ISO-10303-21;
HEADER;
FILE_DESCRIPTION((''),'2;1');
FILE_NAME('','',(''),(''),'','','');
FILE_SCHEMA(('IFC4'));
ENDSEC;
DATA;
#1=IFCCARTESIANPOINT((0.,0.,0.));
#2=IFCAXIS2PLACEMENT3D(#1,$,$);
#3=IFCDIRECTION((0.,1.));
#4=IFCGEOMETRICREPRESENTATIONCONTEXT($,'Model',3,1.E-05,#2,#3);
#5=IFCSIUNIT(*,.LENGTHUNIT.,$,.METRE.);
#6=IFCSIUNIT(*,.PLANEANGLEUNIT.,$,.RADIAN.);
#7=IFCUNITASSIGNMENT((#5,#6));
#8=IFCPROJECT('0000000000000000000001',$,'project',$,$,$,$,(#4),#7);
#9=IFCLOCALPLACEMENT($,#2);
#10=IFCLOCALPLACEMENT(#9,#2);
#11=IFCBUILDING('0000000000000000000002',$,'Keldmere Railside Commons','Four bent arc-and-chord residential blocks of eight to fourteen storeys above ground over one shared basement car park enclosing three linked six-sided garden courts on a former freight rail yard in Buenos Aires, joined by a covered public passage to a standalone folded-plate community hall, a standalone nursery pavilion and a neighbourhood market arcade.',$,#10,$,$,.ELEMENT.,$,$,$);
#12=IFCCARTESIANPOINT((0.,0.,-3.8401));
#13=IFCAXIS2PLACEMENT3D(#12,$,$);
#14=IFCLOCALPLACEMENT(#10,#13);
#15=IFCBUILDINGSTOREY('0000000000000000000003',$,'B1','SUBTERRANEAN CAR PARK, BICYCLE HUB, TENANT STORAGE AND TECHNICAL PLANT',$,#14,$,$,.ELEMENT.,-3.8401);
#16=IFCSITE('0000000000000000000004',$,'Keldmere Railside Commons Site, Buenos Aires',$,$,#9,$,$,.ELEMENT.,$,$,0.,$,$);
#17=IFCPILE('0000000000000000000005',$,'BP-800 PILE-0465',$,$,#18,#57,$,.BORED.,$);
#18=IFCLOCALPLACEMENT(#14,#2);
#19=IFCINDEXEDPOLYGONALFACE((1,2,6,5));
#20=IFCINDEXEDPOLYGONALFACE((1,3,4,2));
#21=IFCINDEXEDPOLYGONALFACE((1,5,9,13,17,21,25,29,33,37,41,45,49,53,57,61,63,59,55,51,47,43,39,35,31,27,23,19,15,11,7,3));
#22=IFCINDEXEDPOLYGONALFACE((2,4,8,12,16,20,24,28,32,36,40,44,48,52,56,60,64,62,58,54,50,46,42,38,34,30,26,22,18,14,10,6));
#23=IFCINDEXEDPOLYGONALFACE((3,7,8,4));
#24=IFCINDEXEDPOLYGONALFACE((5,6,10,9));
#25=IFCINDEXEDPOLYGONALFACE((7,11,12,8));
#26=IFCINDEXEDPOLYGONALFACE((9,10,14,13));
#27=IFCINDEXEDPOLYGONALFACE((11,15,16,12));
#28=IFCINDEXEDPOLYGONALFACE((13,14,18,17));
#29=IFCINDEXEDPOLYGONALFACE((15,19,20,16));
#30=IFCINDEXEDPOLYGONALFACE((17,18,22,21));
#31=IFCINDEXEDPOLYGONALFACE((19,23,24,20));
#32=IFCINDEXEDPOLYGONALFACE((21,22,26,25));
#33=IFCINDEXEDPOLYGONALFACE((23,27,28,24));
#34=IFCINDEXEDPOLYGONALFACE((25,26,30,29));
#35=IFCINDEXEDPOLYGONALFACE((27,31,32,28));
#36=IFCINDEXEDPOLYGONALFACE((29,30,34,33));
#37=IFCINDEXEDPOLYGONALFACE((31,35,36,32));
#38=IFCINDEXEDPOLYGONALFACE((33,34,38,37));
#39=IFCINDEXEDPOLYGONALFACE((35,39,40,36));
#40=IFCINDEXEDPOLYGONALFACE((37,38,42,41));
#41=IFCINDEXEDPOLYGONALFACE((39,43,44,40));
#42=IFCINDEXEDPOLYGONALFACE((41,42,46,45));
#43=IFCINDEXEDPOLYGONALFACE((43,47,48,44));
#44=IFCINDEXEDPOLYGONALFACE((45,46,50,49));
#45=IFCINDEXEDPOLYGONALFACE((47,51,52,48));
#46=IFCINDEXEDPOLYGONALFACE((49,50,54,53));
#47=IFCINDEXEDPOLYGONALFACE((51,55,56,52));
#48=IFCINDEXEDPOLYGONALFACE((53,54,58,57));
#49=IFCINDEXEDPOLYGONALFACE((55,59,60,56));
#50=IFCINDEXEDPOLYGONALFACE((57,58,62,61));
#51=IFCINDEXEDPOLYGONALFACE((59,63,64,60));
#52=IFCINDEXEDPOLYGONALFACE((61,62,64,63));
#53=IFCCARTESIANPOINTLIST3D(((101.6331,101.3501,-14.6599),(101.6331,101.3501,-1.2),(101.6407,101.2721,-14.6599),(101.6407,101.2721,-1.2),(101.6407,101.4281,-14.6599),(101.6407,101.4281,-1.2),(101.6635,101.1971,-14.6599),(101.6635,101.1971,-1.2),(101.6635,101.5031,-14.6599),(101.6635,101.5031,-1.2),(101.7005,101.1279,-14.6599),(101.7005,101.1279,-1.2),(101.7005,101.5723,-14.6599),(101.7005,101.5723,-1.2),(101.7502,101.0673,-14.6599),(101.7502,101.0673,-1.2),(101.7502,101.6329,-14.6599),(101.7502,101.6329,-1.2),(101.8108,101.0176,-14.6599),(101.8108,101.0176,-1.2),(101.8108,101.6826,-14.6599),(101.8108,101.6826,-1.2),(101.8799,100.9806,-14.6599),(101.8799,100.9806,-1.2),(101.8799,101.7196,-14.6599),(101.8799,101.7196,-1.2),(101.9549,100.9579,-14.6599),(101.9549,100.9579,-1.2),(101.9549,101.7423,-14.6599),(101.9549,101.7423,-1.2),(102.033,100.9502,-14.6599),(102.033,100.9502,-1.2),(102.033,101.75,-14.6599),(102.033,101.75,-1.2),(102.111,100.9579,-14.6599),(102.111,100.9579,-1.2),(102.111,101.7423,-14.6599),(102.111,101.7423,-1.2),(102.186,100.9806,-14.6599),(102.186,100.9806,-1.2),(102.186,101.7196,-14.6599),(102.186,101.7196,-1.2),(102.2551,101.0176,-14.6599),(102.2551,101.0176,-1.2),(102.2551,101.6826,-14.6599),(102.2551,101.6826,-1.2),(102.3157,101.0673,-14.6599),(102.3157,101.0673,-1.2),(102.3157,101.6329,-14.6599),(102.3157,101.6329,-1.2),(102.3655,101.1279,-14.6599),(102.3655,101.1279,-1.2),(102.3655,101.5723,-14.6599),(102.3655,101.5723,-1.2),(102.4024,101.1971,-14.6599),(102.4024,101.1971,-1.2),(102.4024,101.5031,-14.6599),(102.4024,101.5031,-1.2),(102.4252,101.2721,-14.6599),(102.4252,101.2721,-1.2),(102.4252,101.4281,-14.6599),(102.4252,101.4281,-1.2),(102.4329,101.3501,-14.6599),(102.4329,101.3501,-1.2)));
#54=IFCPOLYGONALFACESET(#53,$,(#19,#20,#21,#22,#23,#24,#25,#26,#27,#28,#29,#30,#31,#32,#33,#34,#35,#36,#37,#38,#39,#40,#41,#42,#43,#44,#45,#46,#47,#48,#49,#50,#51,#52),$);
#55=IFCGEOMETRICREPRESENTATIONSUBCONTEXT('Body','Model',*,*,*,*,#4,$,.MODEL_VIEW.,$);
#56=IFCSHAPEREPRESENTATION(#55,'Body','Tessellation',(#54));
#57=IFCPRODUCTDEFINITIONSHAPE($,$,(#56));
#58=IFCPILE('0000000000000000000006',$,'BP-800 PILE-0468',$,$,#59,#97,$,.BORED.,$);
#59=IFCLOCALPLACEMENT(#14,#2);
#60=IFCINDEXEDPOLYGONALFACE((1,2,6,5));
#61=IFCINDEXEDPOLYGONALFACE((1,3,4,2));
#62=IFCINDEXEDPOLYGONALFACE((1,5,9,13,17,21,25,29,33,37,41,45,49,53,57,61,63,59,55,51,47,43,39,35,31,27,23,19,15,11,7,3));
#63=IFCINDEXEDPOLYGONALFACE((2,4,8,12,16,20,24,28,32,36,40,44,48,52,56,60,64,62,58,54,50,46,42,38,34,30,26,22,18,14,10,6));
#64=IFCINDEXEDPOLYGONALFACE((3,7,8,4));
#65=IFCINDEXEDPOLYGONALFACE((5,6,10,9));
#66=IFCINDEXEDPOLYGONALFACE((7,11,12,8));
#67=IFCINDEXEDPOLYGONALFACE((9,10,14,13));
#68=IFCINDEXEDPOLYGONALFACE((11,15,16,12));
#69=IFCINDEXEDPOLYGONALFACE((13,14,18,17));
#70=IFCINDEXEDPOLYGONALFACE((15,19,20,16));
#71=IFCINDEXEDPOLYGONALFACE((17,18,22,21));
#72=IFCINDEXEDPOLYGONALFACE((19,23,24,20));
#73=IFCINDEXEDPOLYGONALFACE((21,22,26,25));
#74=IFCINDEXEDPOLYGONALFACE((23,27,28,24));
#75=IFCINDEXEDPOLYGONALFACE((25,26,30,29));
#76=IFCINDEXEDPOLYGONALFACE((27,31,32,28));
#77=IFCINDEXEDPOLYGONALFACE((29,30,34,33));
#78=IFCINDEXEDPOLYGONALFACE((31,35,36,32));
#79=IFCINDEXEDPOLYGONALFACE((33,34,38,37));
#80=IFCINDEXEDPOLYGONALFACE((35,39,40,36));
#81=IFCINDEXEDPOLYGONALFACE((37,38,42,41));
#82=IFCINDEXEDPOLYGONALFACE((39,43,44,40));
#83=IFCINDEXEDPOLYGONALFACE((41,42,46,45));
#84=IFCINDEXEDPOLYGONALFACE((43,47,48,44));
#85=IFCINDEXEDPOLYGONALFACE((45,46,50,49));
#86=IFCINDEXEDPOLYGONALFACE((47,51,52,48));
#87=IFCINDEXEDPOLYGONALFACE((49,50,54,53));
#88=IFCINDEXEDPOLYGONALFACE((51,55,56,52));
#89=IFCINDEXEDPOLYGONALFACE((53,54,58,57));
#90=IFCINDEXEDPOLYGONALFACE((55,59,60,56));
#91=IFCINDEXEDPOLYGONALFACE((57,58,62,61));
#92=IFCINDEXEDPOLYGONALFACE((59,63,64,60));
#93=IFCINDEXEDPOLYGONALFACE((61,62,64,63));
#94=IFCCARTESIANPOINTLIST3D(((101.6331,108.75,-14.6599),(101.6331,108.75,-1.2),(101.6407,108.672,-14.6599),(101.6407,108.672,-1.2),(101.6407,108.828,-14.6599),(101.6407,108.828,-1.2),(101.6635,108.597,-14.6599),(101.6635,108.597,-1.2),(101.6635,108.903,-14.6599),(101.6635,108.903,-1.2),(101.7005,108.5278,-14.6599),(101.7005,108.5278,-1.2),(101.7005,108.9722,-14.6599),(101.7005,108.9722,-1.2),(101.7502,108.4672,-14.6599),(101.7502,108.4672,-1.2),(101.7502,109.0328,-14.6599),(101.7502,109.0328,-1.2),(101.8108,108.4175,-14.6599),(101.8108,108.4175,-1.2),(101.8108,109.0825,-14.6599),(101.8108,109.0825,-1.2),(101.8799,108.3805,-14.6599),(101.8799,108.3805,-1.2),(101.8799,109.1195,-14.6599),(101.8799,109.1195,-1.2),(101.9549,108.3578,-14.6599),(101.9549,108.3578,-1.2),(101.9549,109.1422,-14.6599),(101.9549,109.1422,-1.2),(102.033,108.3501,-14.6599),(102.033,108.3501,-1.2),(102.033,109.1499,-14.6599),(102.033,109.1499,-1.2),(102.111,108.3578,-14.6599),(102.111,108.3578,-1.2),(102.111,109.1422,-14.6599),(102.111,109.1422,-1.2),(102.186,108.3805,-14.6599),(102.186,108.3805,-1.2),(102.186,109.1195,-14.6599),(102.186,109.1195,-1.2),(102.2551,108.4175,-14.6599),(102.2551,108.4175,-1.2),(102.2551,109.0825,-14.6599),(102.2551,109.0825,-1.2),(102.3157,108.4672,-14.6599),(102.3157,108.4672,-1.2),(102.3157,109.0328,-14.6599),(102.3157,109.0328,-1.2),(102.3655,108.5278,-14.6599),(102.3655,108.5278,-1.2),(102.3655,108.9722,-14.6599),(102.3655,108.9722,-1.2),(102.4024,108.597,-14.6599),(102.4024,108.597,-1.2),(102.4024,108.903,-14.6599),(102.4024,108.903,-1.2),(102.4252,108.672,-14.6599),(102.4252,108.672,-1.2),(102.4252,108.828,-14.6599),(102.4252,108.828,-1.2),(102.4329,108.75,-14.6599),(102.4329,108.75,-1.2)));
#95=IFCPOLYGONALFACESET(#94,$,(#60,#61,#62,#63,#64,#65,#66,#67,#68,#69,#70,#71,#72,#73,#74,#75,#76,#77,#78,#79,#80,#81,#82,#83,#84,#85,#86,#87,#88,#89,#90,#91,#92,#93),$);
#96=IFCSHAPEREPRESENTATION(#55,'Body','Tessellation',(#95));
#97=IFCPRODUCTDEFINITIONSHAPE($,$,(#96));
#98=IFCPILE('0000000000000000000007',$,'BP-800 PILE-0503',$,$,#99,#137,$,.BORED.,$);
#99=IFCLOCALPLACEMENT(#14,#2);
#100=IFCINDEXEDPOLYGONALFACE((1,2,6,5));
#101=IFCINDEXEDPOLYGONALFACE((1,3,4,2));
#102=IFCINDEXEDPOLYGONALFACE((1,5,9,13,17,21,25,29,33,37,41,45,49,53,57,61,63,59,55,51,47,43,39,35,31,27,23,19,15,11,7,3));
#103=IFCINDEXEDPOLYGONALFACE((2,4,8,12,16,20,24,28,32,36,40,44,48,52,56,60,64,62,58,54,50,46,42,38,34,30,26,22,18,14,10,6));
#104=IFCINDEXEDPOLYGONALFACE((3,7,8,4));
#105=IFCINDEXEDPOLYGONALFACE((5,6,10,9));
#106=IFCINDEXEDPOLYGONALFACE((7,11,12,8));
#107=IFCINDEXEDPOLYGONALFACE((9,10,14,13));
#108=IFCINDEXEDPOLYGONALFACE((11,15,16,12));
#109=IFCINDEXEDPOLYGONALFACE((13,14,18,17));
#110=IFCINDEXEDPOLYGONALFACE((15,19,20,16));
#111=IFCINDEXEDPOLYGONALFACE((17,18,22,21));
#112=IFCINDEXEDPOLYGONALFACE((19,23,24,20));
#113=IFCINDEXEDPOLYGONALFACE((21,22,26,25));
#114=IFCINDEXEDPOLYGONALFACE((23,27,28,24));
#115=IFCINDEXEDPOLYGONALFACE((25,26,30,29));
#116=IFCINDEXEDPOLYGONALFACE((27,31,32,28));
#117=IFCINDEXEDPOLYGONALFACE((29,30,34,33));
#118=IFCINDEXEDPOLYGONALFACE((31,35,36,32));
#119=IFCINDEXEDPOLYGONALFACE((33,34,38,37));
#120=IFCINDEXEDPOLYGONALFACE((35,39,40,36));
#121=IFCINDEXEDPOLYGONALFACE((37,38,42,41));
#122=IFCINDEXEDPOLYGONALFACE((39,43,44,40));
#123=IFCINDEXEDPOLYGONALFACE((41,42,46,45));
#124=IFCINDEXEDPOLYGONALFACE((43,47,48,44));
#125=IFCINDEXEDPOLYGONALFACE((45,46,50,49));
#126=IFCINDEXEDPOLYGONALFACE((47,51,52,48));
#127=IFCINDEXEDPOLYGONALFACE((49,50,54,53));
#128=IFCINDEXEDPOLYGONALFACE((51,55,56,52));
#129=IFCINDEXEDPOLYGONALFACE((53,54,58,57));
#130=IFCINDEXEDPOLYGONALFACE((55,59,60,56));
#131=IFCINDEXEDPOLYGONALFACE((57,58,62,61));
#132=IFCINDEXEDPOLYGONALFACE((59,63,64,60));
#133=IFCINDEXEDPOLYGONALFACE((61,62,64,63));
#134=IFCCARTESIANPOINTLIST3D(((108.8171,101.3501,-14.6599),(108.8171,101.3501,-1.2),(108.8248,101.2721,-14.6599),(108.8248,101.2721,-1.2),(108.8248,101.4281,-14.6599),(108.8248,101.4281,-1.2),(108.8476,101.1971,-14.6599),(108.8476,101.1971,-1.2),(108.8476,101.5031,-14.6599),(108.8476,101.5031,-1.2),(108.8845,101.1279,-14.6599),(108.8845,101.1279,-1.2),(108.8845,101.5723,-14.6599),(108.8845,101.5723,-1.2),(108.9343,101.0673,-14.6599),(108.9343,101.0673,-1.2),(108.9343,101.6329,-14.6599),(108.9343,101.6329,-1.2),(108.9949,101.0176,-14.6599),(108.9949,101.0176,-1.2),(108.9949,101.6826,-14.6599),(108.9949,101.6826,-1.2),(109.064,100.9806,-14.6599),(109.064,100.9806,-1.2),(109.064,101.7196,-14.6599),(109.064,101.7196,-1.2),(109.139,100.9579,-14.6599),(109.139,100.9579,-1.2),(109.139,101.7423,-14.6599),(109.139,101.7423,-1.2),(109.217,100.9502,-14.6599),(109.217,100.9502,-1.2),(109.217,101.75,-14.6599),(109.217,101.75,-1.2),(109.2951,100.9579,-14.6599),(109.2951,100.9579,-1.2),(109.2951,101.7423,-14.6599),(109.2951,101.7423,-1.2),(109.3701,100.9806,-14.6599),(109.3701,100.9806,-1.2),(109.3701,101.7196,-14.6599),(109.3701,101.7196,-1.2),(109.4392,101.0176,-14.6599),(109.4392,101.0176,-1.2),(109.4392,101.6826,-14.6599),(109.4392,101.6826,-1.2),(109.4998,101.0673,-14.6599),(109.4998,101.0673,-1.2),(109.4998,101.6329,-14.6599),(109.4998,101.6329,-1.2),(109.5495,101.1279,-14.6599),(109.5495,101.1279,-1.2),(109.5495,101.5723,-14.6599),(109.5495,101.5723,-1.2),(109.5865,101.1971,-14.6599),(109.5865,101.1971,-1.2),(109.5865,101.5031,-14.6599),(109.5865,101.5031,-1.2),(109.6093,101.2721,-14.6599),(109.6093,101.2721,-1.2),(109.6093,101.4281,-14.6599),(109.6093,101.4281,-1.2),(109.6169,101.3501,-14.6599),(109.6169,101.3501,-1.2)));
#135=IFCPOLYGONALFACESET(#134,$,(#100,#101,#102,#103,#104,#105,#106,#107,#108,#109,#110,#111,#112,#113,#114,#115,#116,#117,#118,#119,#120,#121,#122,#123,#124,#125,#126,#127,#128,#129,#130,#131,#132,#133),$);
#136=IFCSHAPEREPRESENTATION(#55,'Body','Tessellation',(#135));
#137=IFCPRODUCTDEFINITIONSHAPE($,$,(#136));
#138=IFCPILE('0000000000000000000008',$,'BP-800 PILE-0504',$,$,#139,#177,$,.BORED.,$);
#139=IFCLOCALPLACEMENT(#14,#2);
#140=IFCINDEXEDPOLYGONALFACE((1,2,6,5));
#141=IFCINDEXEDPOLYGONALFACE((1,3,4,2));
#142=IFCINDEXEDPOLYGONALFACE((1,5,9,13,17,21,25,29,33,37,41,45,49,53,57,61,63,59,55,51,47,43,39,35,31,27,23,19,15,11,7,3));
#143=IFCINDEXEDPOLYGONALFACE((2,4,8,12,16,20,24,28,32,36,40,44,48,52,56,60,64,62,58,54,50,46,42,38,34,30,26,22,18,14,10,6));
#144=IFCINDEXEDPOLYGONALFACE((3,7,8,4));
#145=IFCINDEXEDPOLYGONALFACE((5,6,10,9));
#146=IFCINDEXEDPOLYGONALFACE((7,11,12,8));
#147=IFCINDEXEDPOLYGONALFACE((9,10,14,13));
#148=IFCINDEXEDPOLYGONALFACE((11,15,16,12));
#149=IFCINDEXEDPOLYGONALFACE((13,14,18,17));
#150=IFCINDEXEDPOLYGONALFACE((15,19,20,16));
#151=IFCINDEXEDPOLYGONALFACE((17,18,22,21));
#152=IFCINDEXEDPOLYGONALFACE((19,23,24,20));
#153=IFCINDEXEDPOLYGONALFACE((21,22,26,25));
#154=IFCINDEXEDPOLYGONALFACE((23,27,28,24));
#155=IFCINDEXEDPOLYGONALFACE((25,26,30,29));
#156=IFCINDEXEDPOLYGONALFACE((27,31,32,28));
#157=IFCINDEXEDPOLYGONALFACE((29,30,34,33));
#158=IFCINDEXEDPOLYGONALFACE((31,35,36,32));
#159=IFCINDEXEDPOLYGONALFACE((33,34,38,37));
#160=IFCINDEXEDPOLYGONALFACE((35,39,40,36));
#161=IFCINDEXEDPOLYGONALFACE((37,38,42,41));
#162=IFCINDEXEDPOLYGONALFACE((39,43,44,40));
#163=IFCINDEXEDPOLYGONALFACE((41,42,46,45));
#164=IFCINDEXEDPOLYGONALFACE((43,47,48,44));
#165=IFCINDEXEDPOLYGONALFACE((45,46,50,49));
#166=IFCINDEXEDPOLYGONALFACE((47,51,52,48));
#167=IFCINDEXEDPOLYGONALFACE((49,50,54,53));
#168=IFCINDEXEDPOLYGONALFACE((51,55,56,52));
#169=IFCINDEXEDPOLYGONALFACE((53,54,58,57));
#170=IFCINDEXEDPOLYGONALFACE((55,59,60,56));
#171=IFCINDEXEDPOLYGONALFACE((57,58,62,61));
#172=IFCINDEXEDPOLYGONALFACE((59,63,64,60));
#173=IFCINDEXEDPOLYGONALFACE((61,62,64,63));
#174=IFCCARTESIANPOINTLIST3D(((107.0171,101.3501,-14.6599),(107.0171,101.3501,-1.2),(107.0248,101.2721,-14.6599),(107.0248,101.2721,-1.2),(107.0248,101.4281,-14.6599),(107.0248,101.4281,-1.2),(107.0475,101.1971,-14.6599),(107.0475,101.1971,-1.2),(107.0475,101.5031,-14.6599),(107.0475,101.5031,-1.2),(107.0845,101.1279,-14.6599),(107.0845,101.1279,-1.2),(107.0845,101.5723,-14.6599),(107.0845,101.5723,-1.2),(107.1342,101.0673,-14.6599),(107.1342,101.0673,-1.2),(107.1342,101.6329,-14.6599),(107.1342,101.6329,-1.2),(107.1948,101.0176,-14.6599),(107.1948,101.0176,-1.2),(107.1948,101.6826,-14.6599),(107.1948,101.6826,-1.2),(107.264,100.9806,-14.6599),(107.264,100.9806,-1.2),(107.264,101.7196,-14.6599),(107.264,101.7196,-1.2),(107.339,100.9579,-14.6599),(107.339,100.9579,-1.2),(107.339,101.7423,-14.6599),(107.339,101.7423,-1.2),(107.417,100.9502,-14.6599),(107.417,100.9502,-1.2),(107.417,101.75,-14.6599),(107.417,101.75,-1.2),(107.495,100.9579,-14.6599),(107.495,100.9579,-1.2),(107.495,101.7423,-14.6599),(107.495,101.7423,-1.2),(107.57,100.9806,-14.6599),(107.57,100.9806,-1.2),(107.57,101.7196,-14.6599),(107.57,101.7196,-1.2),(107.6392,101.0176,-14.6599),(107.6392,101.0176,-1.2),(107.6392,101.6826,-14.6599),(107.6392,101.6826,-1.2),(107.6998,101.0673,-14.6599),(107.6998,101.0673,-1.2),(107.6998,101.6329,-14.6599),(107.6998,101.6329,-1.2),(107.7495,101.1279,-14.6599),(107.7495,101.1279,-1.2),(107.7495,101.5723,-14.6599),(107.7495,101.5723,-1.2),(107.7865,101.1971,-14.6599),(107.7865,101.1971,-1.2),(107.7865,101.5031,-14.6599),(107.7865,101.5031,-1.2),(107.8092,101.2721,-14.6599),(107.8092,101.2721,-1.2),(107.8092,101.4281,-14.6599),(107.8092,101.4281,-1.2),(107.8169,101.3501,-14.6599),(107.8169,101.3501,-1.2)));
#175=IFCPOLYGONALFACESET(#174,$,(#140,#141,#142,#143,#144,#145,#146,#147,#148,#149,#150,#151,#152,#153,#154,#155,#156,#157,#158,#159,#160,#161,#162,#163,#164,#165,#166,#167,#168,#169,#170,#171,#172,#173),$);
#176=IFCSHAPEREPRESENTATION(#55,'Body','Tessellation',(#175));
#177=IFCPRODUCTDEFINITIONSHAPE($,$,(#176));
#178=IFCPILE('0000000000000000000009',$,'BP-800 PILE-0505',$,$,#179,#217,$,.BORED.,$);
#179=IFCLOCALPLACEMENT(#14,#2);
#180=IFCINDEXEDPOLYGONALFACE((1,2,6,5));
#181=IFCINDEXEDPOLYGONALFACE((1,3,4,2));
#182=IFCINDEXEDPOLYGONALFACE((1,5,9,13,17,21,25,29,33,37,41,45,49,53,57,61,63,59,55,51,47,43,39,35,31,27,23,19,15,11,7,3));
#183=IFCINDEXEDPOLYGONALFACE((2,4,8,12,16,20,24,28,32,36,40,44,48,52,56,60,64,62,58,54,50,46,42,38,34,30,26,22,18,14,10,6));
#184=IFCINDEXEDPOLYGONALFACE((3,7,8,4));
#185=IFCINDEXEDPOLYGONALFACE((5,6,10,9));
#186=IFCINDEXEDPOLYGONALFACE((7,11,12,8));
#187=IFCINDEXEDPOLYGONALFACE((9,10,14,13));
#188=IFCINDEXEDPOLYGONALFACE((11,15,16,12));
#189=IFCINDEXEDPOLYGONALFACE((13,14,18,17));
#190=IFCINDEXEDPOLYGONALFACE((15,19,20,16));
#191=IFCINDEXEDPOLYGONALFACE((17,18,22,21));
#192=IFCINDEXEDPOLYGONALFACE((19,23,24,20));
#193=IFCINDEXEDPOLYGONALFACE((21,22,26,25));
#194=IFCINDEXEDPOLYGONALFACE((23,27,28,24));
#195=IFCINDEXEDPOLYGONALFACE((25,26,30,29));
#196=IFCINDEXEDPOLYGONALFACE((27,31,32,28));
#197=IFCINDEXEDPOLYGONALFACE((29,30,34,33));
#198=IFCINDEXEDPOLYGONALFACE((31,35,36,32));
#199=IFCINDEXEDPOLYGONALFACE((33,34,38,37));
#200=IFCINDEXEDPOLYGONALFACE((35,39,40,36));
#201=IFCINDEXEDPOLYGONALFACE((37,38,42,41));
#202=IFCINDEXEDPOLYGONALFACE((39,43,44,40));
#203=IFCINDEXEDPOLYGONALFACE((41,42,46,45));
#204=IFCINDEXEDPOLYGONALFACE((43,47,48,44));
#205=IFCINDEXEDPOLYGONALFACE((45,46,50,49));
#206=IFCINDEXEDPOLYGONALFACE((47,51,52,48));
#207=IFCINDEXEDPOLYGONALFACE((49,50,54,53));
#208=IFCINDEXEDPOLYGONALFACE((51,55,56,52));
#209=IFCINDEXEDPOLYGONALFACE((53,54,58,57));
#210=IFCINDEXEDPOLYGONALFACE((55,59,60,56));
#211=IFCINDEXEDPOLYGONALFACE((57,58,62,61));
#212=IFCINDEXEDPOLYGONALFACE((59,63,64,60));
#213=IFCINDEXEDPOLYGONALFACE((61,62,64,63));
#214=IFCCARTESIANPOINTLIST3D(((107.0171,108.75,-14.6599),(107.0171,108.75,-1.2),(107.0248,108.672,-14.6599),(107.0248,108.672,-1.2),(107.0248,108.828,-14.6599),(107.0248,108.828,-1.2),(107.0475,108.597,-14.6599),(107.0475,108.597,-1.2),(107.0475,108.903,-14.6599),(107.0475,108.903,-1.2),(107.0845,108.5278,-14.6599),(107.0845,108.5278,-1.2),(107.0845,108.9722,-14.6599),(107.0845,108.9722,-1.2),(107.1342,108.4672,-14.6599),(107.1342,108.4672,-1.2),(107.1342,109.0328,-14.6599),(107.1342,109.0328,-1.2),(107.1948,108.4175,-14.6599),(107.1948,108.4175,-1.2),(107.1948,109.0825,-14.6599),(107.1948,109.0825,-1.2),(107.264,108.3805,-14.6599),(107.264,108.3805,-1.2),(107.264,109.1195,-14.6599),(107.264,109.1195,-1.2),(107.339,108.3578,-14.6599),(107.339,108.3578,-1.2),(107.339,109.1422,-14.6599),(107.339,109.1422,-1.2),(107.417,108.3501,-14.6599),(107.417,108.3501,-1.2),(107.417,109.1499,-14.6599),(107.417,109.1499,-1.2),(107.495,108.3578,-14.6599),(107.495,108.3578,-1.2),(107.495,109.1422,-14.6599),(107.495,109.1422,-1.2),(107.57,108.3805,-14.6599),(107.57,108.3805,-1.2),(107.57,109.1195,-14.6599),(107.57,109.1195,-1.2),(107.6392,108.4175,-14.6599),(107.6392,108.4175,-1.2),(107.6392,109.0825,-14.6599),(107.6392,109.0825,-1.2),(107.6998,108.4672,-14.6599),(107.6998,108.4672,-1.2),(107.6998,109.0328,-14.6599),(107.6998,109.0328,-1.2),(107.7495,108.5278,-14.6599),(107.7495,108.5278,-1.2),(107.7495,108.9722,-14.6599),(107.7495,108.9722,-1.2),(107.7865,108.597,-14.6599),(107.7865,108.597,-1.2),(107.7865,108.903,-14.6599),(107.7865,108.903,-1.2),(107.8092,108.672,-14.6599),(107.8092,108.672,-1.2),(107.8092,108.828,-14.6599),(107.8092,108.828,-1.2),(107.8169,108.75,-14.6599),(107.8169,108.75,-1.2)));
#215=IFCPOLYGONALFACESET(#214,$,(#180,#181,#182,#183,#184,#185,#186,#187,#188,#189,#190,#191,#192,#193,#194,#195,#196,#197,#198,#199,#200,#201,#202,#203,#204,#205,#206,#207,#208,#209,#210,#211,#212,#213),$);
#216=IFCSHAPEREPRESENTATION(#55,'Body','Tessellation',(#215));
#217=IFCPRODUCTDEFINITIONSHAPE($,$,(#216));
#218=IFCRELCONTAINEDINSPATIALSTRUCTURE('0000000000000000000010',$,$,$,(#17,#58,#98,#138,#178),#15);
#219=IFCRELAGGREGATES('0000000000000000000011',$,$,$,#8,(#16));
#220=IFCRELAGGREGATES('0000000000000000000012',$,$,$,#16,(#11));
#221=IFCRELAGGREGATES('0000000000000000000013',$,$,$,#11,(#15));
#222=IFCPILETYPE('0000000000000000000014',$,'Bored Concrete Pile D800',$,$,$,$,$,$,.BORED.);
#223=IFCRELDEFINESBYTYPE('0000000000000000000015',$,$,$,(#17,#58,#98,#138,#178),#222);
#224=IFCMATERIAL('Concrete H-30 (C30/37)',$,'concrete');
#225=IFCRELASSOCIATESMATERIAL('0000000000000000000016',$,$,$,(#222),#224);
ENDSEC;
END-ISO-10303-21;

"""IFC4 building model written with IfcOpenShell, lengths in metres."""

from ifc_helpers import new_model, si_unit, direction, frame, origin, origin_2d, place, context, subcontext, project, spatial, circle, extrude, material, material_profile, profile_set, type_object, element, save


model = new_model("IFC4")

# Units and contexts
model_context = context("Model", 3, precision=1e-05, world=origin(), true_north=direction((0.0, 1.0)))
body_context = subcontext(model_context, "Body", "Model", "MODEL_VIEW")
ifc_project = project(units=[si_unit("LENGTHUNIT", "METRE"), si_unit("PLANEANGLEUNIT", "RADIAN")], contexts=[model_context])

# Site, building, storey
site_placement = place(None, origin())
site = spatial("IfcSite", under=ifc_project, at=site_placement, Name="Keldmere Railside Commons Site, Buenos Aires", CompositionType="ELEMENT", RefElevation=0.0)
building_placement = place(site_placement, origin())
building = spatial("IfcBuilding", under=site, at=building_placement, Name="Keldmere Railside Commons", Description="Four bent arc-and-chord residential blocks of eight to fourteen storeys above ground over one shared basement car park enclosing three linked six-sided garden courts on a former freight rail yard in Buenos Aires, joined by a covered public passage to a standalone folded-plate community hall, a standalone nursery pavilion and a neighbourhood market arcade.", CompositionType="ELEMENT")
storey_placement = place(building_placement, frame((0.0, 0.0, -3.8401)))
storey = spatial("IfcBuildingStorey", under=building, at=storey_placement, Name="B1", Description="SUBTERRANEAN CAR PARK, BICYCLE HUB, TENANT STORAGE AND TECHNICAL PLANT", CompositionType="ELEMENT", Elevation=-3.8401)

# Piles
ifc_material_1 = material(Name="Concrete H-30 (C30/37)", Category="concrete")
ifc_material_profile_1 = material_profile(ifc_material_1, circle(Radius=0.3999, at=origin_2d()), Name="PILE-D800")
ifc_profile_set_1 = profile_set([ifc_material_profile_1], Name="Concrete H-30 (C30/37)")
pile_type = type_object("IfcPileType", Name="Bored Concrete Pile D800", PredefinedType="BORED", material=ifc_profile_set_1)
for number, where, z_axis, x_axis, name in (
    (1, (102.033, 101.3501, -1.2), (0.0, 0.0, -1.0), (1.0, 0.0, 0.0), "BP-800 PILE-0465"),
    (2, (102.033, 108.75, -1.2), (0.0, 0.0, -1.0), (1.0, 0.0, 0.0), "BP-800 PILE-0468"),
    (3, (109.217, 101.3501, -1.2), (0.0, 0.0, -1.0), (1.0, 0.0, 0.0), "BP-800 PILE-0503"),
    (4, (107.417, 101.3501, -1.2), (0.0, 0.0, -1.0), (1.0, 0.0, 0.0), "BP-800 PILE-0504"),
    (5, (107.417, 108.75, -1.2), (0.0, 0.0, -1.0), (1.0, 0.0, 0.0), "BP-800 PILE-0505"),
):
    element("IfcPile", number, at=place(storey_placement, frame(where, z_axis=z_axis, x_axis=x_axis)), inside=storey, type_object=pile_type, Name=name, PredefinedType="BORED", context=body_context, shape_type="SweptSolid", body=[
        extrude(circle(Radius=0.3999, at=origin_2d()), origin(), (0.0, 0.0, 1.0), 13.46),
    ])

save(model, "model.ifc")
